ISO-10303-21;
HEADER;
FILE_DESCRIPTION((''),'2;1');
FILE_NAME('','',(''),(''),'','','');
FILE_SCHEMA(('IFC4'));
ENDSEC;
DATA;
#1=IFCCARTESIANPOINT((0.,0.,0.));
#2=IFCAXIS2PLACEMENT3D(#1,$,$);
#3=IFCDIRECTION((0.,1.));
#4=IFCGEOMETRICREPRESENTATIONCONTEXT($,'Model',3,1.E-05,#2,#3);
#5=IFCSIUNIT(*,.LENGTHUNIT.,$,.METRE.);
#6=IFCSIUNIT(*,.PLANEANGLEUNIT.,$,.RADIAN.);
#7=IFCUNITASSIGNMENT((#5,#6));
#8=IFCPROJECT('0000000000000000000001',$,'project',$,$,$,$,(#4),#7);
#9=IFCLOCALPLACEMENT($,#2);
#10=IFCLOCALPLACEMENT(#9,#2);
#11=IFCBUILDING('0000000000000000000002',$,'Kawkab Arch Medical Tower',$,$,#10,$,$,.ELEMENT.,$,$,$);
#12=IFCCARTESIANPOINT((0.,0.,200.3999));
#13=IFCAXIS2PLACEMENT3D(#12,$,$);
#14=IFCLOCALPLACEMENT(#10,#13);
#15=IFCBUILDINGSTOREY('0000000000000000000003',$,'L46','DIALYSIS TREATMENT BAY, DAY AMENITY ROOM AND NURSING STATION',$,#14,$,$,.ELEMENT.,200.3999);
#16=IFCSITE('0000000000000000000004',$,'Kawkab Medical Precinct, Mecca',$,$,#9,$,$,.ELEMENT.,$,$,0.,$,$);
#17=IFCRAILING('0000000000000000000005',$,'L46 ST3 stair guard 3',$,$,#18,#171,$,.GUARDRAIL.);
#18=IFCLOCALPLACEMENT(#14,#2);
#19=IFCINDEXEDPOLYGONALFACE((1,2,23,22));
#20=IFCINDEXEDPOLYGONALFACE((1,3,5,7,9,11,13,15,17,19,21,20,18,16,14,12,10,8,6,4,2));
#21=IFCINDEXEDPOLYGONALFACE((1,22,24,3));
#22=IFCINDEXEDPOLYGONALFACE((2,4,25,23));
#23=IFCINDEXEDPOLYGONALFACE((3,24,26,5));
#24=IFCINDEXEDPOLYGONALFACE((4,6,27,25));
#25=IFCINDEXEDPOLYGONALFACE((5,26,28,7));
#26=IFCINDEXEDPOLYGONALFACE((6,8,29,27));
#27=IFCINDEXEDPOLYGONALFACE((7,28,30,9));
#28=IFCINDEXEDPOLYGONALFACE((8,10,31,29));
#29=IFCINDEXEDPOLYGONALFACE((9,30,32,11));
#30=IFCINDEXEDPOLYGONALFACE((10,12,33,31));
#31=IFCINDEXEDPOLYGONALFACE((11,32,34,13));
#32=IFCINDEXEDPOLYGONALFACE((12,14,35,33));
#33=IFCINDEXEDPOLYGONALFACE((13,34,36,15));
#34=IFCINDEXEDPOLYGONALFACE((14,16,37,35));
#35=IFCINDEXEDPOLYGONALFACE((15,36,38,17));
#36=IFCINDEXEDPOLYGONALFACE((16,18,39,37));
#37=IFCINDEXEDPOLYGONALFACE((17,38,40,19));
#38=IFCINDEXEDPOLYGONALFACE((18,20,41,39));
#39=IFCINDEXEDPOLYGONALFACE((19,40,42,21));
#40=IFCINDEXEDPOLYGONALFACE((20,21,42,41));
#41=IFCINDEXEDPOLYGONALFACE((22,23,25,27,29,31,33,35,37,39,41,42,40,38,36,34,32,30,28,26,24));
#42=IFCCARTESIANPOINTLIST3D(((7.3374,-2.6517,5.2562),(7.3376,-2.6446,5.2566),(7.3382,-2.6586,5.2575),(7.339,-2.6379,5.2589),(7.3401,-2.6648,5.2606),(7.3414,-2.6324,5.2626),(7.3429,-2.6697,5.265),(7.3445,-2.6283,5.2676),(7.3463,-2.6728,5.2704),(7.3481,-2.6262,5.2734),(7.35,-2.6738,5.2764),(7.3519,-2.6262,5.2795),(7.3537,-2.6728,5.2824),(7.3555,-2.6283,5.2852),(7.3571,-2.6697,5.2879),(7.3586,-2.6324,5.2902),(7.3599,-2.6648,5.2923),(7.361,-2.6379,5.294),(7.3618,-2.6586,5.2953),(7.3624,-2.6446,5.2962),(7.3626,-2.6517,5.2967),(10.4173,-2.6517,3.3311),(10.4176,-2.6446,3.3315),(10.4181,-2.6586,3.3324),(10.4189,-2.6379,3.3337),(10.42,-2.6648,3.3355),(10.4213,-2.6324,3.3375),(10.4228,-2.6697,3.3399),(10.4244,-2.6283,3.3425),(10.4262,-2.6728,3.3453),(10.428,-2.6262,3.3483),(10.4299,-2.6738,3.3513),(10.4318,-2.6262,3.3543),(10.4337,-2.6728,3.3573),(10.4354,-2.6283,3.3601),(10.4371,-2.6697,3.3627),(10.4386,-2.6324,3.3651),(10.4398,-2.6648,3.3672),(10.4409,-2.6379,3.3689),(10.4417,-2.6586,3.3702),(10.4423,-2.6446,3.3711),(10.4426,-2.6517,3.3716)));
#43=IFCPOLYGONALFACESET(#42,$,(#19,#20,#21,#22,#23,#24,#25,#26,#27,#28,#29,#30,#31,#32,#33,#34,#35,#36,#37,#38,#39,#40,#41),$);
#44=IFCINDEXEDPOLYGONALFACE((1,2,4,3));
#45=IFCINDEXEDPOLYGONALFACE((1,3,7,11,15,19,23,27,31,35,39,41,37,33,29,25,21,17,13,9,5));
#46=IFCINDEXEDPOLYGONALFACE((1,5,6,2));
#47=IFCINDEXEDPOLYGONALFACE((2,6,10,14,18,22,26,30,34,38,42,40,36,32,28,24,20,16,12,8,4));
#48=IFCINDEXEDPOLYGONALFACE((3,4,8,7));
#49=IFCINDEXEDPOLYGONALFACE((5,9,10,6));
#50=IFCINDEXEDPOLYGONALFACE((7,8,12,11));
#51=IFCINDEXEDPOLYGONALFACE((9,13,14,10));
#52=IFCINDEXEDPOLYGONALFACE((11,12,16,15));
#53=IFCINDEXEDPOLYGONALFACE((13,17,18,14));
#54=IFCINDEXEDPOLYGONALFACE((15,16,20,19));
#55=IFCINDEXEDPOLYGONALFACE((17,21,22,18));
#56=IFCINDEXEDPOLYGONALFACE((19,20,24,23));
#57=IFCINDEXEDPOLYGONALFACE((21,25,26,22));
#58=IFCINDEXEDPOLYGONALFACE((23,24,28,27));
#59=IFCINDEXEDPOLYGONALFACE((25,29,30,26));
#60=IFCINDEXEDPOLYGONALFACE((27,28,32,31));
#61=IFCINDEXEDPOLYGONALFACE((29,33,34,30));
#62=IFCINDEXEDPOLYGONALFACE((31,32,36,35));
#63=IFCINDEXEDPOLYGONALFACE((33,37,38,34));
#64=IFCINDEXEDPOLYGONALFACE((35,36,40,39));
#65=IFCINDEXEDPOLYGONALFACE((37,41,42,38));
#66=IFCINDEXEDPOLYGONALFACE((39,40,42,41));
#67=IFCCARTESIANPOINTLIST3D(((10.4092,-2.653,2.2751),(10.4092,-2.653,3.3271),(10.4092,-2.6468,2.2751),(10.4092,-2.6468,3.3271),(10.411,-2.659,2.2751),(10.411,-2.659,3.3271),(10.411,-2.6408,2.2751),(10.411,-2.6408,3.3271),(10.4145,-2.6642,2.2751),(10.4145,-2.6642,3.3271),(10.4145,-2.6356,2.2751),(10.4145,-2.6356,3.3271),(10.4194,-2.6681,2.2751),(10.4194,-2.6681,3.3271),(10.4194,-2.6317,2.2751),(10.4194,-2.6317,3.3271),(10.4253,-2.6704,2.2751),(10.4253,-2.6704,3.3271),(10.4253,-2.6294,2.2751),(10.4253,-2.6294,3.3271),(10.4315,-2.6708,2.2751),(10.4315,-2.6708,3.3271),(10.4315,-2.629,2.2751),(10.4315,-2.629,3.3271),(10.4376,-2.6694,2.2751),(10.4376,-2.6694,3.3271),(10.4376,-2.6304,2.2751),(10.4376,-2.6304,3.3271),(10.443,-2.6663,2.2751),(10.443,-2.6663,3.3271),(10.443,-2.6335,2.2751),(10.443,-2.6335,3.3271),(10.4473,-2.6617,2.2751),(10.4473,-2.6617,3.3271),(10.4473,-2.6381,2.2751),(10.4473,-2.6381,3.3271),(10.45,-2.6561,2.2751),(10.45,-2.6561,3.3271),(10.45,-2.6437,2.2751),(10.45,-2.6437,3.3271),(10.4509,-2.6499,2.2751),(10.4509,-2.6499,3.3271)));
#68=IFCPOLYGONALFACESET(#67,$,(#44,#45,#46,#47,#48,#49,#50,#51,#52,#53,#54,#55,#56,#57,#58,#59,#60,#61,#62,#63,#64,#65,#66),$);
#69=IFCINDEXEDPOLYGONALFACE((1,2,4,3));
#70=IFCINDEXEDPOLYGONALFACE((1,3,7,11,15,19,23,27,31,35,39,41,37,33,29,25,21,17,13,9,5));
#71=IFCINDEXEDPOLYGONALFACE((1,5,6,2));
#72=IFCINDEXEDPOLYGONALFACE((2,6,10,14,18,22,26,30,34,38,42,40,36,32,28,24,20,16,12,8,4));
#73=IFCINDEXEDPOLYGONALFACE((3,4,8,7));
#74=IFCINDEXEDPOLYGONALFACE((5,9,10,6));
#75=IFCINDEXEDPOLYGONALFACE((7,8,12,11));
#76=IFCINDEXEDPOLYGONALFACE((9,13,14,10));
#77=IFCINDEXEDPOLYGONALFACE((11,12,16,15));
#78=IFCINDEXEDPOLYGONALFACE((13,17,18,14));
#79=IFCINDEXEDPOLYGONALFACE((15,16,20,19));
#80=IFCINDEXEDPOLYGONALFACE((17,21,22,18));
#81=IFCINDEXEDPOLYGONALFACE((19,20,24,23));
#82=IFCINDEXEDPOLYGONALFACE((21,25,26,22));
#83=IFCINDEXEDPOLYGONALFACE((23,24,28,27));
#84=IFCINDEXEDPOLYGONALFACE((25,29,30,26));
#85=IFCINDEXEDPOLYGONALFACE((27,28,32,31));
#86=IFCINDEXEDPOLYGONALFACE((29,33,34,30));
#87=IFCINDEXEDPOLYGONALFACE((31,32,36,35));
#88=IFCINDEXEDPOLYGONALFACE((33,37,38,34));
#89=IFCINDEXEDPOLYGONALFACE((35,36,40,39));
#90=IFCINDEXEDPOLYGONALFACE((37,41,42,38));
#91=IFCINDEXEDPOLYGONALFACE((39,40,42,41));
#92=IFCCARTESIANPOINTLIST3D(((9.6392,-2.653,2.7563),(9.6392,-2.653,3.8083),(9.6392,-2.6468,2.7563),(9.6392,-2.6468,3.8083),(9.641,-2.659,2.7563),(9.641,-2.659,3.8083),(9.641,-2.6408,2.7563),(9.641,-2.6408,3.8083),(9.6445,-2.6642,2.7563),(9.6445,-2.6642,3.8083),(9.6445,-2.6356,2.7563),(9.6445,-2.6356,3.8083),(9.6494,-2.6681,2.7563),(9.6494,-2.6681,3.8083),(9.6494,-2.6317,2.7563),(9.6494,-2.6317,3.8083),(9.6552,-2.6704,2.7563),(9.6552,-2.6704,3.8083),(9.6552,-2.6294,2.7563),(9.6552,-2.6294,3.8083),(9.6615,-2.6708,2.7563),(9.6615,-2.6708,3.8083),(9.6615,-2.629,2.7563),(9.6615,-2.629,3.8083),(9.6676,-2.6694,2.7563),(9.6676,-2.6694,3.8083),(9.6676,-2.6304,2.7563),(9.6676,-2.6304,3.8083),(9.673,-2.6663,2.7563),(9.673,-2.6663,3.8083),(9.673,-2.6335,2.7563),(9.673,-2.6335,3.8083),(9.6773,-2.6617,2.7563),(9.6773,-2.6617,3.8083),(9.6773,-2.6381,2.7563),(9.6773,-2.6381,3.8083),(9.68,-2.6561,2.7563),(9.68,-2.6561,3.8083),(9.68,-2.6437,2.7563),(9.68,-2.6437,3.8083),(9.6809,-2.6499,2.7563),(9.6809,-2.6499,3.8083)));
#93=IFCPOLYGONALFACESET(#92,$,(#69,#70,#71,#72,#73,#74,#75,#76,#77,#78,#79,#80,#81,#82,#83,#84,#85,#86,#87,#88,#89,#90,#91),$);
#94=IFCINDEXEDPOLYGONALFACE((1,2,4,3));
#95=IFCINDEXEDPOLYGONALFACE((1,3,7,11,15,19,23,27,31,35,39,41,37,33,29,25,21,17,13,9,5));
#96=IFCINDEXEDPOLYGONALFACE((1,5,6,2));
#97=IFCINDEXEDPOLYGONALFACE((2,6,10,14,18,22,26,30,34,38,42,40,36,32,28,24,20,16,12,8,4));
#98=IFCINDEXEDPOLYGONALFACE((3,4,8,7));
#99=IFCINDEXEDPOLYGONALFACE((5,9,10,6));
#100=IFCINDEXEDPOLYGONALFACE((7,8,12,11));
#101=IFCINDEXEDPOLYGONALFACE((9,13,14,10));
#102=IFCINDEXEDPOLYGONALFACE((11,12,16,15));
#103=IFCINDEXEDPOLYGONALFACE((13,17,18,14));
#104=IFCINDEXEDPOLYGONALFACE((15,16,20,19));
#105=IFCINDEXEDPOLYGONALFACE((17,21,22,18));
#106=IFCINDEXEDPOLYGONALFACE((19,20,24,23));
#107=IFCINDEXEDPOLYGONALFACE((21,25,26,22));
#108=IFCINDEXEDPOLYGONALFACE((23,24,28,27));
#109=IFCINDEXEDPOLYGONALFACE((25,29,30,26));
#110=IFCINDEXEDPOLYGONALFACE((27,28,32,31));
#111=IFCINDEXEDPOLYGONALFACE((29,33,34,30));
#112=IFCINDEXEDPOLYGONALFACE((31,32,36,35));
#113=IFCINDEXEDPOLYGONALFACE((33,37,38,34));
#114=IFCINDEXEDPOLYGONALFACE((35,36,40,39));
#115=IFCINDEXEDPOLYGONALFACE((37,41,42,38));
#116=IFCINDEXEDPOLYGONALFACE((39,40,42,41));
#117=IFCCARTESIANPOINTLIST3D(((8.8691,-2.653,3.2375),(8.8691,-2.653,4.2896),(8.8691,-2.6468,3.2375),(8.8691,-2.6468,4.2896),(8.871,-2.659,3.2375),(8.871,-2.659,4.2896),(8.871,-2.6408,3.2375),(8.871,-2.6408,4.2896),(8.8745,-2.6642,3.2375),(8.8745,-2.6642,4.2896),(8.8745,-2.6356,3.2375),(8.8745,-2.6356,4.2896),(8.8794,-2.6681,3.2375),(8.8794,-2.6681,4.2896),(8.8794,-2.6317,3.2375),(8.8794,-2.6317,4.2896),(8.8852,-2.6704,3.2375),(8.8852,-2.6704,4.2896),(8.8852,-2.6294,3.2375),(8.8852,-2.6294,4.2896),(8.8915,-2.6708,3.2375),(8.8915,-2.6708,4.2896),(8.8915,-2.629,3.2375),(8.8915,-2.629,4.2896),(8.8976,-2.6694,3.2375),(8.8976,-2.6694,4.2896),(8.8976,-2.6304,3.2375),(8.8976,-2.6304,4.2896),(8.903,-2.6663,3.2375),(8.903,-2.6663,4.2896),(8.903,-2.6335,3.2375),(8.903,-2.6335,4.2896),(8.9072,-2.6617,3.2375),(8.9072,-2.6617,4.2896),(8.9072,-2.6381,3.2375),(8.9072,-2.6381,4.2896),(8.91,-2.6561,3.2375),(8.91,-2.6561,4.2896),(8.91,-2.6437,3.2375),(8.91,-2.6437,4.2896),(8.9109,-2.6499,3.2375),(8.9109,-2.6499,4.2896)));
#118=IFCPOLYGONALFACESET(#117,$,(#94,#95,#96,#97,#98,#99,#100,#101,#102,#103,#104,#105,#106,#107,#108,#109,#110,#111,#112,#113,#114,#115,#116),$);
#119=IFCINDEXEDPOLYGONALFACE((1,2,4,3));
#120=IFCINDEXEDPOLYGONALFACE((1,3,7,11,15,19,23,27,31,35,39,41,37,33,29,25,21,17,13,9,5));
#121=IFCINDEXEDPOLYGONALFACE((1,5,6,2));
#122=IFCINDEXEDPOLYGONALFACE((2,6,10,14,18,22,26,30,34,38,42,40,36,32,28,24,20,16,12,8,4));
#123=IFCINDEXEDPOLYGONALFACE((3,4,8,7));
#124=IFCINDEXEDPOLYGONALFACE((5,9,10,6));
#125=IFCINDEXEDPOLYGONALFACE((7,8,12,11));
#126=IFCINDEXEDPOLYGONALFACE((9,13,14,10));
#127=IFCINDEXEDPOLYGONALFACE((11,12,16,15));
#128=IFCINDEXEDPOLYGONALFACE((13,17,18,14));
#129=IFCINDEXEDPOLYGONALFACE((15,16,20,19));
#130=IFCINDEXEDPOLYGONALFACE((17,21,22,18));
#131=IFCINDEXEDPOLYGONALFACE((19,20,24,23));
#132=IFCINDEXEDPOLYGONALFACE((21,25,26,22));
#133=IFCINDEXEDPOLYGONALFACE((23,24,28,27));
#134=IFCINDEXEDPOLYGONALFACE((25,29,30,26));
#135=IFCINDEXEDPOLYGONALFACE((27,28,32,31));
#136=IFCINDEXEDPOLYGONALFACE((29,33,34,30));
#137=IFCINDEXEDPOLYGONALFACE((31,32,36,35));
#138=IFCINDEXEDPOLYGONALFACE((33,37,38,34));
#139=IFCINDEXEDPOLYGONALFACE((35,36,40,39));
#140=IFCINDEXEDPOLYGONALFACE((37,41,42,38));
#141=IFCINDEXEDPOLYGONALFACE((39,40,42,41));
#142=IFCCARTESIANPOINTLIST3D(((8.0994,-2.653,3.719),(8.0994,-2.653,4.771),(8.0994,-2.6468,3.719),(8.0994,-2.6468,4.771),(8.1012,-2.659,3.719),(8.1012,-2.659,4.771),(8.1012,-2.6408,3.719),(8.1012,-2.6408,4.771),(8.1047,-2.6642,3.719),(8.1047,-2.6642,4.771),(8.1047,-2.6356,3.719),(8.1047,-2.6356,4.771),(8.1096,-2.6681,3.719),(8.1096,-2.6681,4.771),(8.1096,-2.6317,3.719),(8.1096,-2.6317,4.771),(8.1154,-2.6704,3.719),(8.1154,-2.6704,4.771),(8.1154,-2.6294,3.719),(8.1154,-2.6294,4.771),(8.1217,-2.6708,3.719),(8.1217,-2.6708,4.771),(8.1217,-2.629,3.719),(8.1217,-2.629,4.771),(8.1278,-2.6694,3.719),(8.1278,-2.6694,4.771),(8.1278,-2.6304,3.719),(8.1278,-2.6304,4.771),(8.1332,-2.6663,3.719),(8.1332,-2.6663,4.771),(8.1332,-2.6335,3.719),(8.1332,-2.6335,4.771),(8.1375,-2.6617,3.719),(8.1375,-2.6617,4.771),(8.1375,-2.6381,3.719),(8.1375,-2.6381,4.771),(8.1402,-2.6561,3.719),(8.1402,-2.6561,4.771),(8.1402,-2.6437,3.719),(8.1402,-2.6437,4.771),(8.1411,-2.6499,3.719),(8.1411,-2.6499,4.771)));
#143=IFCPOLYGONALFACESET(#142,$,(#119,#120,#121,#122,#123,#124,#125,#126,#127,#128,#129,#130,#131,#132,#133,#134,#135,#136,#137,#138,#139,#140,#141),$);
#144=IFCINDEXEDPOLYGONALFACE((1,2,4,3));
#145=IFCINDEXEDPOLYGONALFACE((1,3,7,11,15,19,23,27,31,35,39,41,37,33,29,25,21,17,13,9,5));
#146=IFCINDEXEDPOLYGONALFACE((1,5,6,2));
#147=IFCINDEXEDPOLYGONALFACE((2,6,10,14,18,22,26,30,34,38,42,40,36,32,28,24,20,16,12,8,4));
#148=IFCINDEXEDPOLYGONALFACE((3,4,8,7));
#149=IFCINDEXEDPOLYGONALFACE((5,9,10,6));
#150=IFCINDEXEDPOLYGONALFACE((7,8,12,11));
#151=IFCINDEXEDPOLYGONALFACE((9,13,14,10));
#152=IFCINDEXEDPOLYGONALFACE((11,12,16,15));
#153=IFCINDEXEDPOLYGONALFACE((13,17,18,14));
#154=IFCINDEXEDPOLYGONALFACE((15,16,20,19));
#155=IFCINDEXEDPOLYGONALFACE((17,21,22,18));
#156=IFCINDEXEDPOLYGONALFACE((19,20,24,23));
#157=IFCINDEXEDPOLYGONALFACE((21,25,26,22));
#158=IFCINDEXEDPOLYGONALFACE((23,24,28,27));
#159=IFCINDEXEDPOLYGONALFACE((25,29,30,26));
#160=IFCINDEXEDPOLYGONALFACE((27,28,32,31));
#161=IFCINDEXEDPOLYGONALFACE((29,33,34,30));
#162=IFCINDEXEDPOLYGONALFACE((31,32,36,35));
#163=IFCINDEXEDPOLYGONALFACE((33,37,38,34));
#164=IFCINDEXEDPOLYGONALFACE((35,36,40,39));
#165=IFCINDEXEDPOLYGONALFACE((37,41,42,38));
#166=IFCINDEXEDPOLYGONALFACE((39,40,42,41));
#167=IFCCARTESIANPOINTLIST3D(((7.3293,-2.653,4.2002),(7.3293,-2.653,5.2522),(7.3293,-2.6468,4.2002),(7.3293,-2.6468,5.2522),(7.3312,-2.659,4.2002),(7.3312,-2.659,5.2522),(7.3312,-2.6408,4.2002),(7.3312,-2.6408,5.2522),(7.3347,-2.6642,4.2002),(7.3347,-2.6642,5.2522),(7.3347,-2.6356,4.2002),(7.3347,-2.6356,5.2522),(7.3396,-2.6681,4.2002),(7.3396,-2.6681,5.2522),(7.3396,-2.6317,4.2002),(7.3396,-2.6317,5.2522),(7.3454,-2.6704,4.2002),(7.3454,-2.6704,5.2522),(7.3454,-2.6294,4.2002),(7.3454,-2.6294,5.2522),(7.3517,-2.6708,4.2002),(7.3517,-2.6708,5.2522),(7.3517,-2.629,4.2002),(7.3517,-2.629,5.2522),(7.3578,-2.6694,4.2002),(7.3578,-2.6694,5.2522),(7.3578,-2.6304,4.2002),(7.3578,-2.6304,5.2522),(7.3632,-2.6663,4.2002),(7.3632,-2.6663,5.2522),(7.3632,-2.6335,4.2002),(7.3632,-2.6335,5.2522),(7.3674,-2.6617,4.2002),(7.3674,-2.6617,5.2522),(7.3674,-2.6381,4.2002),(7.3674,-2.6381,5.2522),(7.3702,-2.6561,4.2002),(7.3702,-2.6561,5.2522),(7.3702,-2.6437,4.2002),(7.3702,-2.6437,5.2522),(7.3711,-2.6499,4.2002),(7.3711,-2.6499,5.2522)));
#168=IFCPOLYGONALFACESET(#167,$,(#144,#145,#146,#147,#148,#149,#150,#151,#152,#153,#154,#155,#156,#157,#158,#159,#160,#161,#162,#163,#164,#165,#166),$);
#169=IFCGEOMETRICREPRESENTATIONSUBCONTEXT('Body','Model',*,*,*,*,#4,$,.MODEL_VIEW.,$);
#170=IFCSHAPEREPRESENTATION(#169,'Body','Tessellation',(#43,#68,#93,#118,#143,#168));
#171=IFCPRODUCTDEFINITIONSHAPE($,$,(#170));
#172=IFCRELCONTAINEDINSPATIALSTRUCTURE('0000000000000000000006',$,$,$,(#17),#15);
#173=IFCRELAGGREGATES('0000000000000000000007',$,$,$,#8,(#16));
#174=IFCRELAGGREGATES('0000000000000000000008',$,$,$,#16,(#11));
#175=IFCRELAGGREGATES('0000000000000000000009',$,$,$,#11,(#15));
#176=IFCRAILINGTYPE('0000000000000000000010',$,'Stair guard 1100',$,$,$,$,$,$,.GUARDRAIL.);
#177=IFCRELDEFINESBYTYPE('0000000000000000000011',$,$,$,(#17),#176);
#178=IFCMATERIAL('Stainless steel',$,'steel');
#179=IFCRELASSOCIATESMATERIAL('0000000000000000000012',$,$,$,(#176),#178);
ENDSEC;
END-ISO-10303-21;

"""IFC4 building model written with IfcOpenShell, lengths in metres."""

from ifc_helpers import new_model, si_unit, direction, frame, origin, origin_2d, place, context, subcontext, project, spatial, circle, extrude, material, type_object, element, save


model = new_model("IFC4")

# Units and contexts
model_context = context("Model", 3, precision=1e-05, world=origin(), true_north=direction((0.0, 1.0)))
body_context = subcontext(model_context, "Body", "Model", "MODEL_VIEW")
ifc_project = project(units=[si_unit("LENGTHUNIT", "METRE"), si_unit("PLANEANGLEUNIT", "RADIAN")], contexts=[model_context])

# Site, building, storey
site_placement = place(None, origin())
site = spatial("IfcSite", under=ifc_project, at=site_placement, Name="Kawkab Medical Precinct, Mecca", CompositionType="ELEMENT", RefElevation=0.0)
building_placement = place(site_placement, origin())
building = spatial("IfcBuilding", under=site, at=building_placement, Name="Kawkab Arch Medical Tower", CompositionType="ELEMENT")
storey_placement = place(building_placement, frame((0.0, 0.0, 200.3999)))
storey = spatial("IfcBuildingStorey", under=building, at=storey_placement, Name="L46", Description="DIALYSIS TREATMENT BAY, DAY AMENITY ROOM AND NURSING STATION", CompositionType="ELEMENT", Elevation=200.3999)

# Railing
ifc_material_1 = material(Name="Stainless steel", Category="steel")
railing_type_1 = type_object("IfcRailingType", Name="Stair guard 1100", PredefinedType="GUARDRAIL", material=ifc_material_1)
railing_1_placement = place(storey_placement, frame((10.4299, -2.6499, 2.2751)))
element("IfcRailing", 1, at=railing_1_placement, inside=storey, type_object=railing_type_1, Name="L46 ST3 stair guard 3", PredefinedType="GUARDRAIL", context=body_context, shape_type="SweptSolid", body=[
    extrude(circle(Radius=0.0239, at=origin_2d()), frame((0.0, 0.0, 1.0762), z_axis=(-0.847979, 0.0, 0.530029), x_axis=(0.0, -1.0, 0.0)), (0.0, 0.0, 1.0), 3.6321),
    extrude(circle(Radius=0.021, at=origin_2d()), origin(), (0.0, 0.0, 1.0), 1.052),
    extrude(circle(Radius=0.021, at=origin_2d()), frame((-0.77, 0.0, 0.4812)), (0.0, 0.0, 1.0), 1.052),
    extrude(circle(Radius=0.021, at=origin_2d()), frame((-1.54, 0.0, 0.9624)), (0.0, 0.0, 1.0), 1.052),
    extrude(circle(Radius=0.021, at=origin_2d()), frame((-2.3098, 0.0, 1.4438)), (0.0, 0.0, 1.0), 1.052),
    extrude(circle(Radius=0.021, at=origin_2d()), frame((-3.0798, 0.0, 1.925)), (0.0, 0.0, 1.0), 1.052),
])

save(model, "model.ifc")
